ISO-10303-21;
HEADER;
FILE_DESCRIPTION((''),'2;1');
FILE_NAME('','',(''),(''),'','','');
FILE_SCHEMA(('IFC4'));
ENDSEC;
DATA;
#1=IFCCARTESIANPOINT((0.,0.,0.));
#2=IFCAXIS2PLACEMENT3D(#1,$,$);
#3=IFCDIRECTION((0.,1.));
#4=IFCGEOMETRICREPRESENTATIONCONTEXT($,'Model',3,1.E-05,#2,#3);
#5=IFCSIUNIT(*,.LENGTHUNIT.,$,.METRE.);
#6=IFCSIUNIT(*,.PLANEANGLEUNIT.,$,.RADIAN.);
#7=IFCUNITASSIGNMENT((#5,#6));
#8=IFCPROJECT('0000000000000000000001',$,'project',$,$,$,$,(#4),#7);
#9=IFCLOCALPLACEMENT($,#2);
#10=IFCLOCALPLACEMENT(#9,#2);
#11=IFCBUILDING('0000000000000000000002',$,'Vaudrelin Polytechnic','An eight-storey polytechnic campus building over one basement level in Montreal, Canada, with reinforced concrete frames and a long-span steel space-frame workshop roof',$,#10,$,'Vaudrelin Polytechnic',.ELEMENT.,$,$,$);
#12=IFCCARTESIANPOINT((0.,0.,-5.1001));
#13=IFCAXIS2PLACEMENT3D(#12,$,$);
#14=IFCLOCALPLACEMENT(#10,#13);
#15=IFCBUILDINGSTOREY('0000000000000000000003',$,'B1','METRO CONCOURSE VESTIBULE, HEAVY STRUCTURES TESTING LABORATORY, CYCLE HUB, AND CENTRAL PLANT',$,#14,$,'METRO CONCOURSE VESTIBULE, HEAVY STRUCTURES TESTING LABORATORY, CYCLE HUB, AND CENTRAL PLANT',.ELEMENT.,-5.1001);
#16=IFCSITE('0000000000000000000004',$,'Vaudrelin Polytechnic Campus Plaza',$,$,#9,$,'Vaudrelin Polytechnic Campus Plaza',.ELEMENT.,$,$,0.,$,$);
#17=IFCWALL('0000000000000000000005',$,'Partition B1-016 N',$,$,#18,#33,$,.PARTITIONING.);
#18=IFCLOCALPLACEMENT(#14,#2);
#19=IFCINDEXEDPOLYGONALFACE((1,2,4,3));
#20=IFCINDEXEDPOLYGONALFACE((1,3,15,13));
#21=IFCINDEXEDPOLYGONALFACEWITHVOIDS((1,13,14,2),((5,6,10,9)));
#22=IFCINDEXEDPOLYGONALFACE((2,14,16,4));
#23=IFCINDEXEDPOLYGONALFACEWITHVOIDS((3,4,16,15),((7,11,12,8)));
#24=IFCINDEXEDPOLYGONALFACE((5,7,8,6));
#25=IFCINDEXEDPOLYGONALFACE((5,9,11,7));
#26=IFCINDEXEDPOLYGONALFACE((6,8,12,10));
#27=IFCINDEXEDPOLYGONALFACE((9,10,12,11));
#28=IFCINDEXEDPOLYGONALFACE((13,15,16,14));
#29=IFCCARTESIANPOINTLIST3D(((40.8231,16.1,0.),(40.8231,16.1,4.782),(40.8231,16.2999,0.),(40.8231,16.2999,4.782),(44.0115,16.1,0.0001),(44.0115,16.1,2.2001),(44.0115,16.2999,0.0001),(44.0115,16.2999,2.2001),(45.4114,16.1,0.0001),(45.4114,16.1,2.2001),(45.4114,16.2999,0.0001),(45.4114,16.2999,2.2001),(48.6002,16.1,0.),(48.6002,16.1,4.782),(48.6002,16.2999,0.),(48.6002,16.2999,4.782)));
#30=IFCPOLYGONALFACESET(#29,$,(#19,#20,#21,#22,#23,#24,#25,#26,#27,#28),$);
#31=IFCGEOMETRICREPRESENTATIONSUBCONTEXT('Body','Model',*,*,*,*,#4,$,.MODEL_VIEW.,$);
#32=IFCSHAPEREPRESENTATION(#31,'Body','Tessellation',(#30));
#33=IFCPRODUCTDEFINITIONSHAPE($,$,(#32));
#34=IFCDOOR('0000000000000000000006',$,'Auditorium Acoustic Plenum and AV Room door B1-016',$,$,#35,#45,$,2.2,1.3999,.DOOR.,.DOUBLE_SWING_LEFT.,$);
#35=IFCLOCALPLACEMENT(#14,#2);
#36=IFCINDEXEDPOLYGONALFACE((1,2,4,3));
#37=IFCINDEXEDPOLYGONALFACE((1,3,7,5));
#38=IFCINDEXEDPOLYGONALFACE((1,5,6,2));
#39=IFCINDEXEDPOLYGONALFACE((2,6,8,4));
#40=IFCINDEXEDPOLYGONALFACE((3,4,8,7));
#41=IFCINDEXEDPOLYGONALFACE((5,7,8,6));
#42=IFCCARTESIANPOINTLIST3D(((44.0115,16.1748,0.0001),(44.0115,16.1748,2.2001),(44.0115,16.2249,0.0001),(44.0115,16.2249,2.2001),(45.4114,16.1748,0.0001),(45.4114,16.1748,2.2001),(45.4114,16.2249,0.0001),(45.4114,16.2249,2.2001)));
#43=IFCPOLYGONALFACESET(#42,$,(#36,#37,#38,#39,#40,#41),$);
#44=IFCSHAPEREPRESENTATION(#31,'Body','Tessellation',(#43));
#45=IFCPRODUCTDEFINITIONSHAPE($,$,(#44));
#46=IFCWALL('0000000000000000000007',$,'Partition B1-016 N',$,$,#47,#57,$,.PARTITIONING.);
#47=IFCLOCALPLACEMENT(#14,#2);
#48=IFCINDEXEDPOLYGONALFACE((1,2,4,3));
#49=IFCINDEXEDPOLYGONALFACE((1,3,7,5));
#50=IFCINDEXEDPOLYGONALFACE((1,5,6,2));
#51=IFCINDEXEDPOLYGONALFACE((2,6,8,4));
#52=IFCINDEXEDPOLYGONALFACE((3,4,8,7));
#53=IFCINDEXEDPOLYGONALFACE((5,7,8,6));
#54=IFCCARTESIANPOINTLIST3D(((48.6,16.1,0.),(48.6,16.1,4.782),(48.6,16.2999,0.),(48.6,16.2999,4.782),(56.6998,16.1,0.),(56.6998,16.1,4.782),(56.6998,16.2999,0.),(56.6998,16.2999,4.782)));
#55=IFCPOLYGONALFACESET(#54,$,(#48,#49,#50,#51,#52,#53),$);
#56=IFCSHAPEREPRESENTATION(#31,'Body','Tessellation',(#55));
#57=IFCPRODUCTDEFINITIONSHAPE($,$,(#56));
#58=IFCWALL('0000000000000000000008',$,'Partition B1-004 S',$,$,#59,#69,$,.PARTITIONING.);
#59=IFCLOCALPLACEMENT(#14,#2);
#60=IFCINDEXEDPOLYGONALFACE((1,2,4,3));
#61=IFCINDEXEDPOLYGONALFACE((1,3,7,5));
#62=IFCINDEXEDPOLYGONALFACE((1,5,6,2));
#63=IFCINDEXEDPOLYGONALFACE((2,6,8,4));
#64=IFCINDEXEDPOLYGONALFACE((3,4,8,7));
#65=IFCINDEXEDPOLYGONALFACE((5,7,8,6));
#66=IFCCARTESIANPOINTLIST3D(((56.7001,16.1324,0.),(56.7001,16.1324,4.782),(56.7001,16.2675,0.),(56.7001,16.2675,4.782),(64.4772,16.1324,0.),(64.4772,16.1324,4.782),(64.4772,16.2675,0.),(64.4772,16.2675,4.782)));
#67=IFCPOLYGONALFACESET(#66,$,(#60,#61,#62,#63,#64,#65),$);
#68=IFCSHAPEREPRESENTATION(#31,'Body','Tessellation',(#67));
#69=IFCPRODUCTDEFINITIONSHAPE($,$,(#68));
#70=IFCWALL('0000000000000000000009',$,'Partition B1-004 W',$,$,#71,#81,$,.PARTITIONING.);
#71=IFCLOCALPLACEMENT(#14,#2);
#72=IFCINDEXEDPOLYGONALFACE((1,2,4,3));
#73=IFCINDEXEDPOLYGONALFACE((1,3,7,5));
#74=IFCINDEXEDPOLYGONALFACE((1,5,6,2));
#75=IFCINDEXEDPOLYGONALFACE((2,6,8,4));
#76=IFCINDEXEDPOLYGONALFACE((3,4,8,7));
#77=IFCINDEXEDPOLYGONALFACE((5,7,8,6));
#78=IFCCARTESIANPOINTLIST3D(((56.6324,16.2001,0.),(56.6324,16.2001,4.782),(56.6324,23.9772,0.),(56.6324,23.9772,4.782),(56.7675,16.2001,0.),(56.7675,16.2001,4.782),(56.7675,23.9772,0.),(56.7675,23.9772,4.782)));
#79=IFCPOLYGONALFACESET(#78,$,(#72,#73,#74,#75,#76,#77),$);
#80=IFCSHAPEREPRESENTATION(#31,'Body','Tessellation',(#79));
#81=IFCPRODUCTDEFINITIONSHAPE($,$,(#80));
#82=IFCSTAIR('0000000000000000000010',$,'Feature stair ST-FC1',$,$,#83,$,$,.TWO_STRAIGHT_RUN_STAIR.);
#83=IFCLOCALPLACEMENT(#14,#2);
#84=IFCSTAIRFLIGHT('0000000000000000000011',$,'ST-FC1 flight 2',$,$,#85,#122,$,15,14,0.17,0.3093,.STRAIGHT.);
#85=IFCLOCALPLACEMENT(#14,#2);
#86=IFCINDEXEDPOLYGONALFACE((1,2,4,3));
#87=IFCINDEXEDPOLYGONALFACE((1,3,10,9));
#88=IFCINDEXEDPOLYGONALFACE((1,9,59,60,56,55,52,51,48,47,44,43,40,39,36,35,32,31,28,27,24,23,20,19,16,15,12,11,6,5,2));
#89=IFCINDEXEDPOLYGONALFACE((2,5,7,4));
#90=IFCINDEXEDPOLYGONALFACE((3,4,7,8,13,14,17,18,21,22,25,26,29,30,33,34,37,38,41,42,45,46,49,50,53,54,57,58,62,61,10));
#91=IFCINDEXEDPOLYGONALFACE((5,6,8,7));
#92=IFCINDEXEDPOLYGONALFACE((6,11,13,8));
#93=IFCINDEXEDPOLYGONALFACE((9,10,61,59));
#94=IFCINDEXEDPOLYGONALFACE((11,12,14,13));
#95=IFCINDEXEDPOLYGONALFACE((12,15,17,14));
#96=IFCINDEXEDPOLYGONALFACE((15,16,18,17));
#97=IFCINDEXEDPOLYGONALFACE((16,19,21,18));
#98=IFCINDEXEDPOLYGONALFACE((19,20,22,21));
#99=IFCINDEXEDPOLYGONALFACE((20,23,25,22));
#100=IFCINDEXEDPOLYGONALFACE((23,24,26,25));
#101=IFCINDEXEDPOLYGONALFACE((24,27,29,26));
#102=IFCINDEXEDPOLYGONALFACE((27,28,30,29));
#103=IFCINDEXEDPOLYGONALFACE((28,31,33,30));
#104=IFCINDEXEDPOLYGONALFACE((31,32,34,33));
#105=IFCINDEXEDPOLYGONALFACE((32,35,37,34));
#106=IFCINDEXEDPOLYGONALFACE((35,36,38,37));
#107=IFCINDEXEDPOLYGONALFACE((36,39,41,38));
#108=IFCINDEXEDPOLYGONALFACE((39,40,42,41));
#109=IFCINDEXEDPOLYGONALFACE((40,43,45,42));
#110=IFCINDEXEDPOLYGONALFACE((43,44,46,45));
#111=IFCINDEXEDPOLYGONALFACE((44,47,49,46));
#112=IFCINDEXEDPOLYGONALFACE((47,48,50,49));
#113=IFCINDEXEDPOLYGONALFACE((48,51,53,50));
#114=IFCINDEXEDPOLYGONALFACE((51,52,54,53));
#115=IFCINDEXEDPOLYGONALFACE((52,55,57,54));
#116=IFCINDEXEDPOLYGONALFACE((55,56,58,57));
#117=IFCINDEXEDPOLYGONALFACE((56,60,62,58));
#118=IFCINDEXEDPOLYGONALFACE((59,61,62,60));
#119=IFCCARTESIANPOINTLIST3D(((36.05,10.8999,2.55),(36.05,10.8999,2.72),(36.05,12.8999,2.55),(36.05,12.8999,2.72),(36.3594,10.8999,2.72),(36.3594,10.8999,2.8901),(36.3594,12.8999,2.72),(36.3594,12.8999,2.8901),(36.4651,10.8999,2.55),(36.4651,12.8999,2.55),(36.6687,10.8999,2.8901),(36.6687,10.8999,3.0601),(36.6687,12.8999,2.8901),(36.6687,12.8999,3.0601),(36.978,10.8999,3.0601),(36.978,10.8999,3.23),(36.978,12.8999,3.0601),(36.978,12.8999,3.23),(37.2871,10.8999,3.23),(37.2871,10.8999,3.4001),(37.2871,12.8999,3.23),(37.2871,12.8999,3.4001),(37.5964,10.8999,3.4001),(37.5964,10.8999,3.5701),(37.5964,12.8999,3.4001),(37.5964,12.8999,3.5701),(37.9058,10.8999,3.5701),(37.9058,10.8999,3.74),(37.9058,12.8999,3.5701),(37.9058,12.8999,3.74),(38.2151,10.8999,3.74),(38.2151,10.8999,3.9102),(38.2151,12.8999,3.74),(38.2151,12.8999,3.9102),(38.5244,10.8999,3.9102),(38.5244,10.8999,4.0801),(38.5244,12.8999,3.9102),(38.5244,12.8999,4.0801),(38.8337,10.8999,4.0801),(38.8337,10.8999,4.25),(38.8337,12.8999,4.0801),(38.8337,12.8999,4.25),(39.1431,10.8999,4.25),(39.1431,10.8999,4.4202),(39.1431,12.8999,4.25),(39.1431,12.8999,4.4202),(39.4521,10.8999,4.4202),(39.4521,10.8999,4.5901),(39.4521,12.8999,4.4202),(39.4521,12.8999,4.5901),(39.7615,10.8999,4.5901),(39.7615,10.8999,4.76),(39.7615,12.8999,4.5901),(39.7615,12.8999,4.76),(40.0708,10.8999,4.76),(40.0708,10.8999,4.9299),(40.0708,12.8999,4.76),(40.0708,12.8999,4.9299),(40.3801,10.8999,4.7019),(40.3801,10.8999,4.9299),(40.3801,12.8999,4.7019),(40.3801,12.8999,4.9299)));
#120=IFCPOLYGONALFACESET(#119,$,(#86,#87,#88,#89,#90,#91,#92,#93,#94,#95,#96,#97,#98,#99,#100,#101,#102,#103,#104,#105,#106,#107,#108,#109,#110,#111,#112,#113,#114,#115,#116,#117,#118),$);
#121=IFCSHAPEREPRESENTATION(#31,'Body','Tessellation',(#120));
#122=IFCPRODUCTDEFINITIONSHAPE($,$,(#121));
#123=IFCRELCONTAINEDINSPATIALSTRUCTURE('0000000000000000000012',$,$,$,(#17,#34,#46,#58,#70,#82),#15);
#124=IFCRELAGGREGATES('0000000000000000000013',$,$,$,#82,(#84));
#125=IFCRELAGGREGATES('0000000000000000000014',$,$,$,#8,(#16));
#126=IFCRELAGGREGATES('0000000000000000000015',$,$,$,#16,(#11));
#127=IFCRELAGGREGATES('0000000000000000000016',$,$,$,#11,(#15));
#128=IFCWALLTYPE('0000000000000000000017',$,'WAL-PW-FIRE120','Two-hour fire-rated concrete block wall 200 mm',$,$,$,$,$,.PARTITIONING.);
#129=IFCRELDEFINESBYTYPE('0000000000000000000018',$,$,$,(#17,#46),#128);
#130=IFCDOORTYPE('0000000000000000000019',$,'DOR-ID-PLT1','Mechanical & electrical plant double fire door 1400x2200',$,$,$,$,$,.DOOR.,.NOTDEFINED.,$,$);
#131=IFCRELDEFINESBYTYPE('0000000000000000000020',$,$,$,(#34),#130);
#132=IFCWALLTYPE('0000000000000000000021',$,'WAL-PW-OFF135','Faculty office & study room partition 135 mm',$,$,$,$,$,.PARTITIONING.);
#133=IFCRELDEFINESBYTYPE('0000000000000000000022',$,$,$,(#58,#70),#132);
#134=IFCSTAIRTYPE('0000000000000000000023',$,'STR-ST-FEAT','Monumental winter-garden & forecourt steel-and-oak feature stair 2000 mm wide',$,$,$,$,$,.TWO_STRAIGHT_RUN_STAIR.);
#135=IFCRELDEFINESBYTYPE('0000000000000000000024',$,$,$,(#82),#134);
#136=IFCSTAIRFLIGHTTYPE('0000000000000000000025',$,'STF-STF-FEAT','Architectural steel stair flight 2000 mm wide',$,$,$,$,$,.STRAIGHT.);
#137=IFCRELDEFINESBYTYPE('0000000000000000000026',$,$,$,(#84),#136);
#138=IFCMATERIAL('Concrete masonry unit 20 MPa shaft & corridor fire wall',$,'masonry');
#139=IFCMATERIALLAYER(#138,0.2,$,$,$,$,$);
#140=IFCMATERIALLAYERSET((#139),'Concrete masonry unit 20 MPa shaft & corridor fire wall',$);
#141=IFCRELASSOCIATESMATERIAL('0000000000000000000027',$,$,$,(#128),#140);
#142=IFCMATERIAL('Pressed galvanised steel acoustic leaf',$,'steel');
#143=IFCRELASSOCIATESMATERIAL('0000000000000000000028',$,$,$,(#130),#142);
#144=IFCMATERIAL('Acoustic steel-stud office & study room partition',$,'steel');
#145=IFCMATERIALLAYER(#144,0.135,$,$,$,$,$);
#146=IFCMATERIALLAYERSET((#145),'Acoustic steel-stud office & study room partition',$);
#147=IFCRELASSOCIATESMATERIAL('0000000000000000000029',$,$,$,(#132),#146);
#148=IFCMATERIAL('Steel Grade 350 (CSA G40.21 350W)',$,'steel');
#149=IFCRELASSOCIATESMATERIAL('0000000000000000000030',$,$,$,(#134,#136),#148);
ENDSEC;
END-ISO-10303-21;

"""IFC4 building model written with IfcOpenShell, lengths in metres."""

from ifc_helpers import new_model, si_unit, direction, frame, frame_2d, origin, place, context, subcontext, project, spatial, polyline, rectangle, outline, extrude, material, layer, layer_set, type_object, element, fill, aggregate, save


model = new_model("IFC4")

# Units and contexts
model_context = context("Model", 3, precision=1e-05, world=origin(), true_north=direction((0.0, 1.0)))
body_context = subcontext(model_context, "Body", "Model", "MODEL_VIEW")
ifc_project = project(units=[si_unit("LENGTHUNIT", "METRE"), si_unit("PLANEANGLEUNIT", "RADIAN")], contexts=[model_context])

# Site, building, storey
site_placement = place(None, origin())
site = spatial("IfcSite", under=ifc_project, at=site_placement, Name="Vaudrelin Polytechnic Campus Plaza", LongName="Vaudrelin Polytechnic Campus Plaza", CompositionType="ELEMENT", RefElevation=0.0)
building_placement = place(site_placement, origin())
building = spatial("IfcBuilding", under=site, at=building_placement, Name="Vaudrelin Polytechnic", Description="An eight-storey polytechnic campus building over one basement level in Montreal, Canada, with reinforced concrete frames and a long-span steel space-frame workshop roof", LongName="Vaudrelin Polytechnic", CompositionType="ELEMENT")
storey_placement = place(building_placement, frame((0.0, 0.0, -5.1001)))
storey = spatial("IfcBuildingStorey", under=building, at=storey_placement, Name="B1", Description="METRO CONCOURSE VESTIBULE, HEAVY STRUCTURES TESTING LABORATORY, CYCLE HUB, AND CENTRAL PLANT", LongName="METRO CONCOURSE VESTIBULE, HEAVY STRUCTURES TESTING LABORATORY, CYCLE HUB, AND CENTRAL PLANT", CompositionType="ELEMENT", Elevation=-5.1001)

# Wall, opening, door
ifc_material_1 = material(Name="Concrete masonry unit 20 MPa shaft & corridor fire wall", Category="masonry")
ifc_layer_1 = layer(ifc_material_1, 0.2)
ifc_layer_set_1 = layer_set([ifc_layer_1], Name="Concrete masonry unit 20 MPa shaft & corridor fire wall")
wall_type_1 = type_object("IfcWallType", Name="WAL-PW-FIRE120", Description="Two-hour fire-rated concrete block wall 200 mm", PredefinedType="PARTITIONING", material=ifc_layer_set_1)
wall_1_placement = place(storey_placement, frame((40.823, 16.2, 0.0), z_axis=(0.0, 0.0, 1.0), x_axis=(1.0, 0.0, 0.0)))
wall_1 = element("IfcWall", 1, at=wall_1_placement, inside=storey, type_object=wall_type_1, Name="Partition B1-016 N", PredefinedType="PARTITIONING", context=body_context, shape_type="SweptSolid", body=[
    extrude(rectangle(XDim=7.7771, YDim=0.2, at=frame_2d((3.8887, 0.0))), origin(), (0.0, 0.0, 1.0), 4.782),
])
opening_1_placement = place(wall_1_placement, frame((3.1885, 0.0, 0.0)))
opening_1 = element("IfcOpeningElement", 2, at=opening_1_placement, cuts=wall_1, PredefinedType="OPENING", context=body_context, shape_type="SweptSolid", body=[
    extrude(rectangle(XDim=1.3999, YDim=2.2, at=frame_2d((0.7, 1.1001))), frame((0.0, 0.1099, 0.0), z_axis=(0.0, -1.0, 0.0), x_axis=(1.0, 0.0, 0.0)), (0.0, 0.0, 1.0), 0.22),
])
ifc_material_2 = material(Name="Pressed galvanised steel acoustic leaf", Category="steel")
door_type = type_object("IfcDoorType", Name="DOR-ID-PLT1", Description="Mechanical & electrical plant double fire door 1400x2200", OperationType="NOTDEFINED", PredefinedType="DOOR", material=ifc_material_2)
door_placement = place(opening_1_placement, origin())
door = element("IfcDoor", 3, at=door_placement, inside=storey, type_object=door_type, Name="Auditorium Acoustic Plenum and AV Room door B1-016", OperationType="DOUBLE_SWING_LEFT", OverallHeight=2.2, OverallWidth=1.3999, PredefinedType="DOOR", context=body_context, shape_type="SweptSolid", body=[
    extrude(rectangle(XDim=1.3999, YDim=2.2, at=frame_2d((0.7, 1.1001))), frame((0.0, 0.0249, 0.0), z_axis=(0.0, -1.0, 0.0), x_axis=(1.0, 0.0, 0.0)), (0.0, 0.0, 1.0), 0.05),
])
fill(opening_1, door)

# Walls
wall_2_placement = place(storey_placement, frame((48.6001, 16.2, 0.0), z_axis=(0.0, 0.0, 1.0), x_axis=(1.0, 0.0, 0.0)))
element("IfcWall", 4, at=wall_2_placement, inside=storey, type_object=wall_type_1, Name="Partition B1-016 N", PredefinedType="PARTITIONING", context=body_context, shape_type="SweptSolid", body=[
    extrude(rectangle(XDim=8.0999, YDim=0.2, at=frame_2d((4.0498, 0.0))), origin(), (0.0, 0.0, 1.0), 4.782),
])
ifc_material_3 = material(Name="Acoustic steel-stud office & study room partition", Category="steel")
ifc_layer_2 = layer(ifc_material_3, 0.135)
ifc_layer_set_2 = layer_set([ifc_layer_2], Name="Acoustic steel-stud office & study room partition")
wall_type_2 = type_object("IfcWallType", Name="WAL-PW-OFF135", Description="Faculty office & study room partition 135 mm", PredefinedType="PARTITIONING", material=ifc_layer_set_2)
for number, where, z_axis, x_axis, name in (
    (5, (56.7, 16.2, 0.0), (0.0, 0.0, 1.0), (1.0, 0.0, 0.0), "Partition B1-004 S"),
    (6, (56.7, 16.2, 0.0), (0.0, 0.0, 1.0), (0.0, 1.0, 0.0), "Partition B1-004 W"),
):
    element("IfcWall", number, at=place(storey_placement, frame(where, z_axis=z_axis, x_axis=x_axis)), inside=storey, type_object=wall_type_2, Name=name, PredefinedType="PARTITIONING", context=body_context, shape_type="SweptSolid", body=[
        extrude(rectangle(XDim=7.7771, YDim=0.135, at=frame_2d((3.8887, 0.0))), origin(), (0.0, 0.0, 1.0), 4.782),
    ])

# Stair, stair flight
ifc_material_4 = material(Name="Steel Grade 350 (CSA G40.21 350W)", Category="steel")
stair_type = type_object("IfcStairType", Name="STR-ST-FEAT", Description="Monumental winter-garden & forecourt steel-and-oak feature stair 2000 mm wide", PredefinedType="TWO_STRAIGHT_RUN_STAIR", material=ifc_material_4)
stair_placement = place(storey_placement, origin())
stair = element("IfcStair", 7, at=stair_placement, inside=storey, type_object=stair_type, Name="Feature stair ST-FC1", PredefinedType="TWO_STRAIGHT_RUN_STAIR")
stair_flight_type = type_object("IfcStairFlightType", Name="STF-STF-FEAT", Description="Architectural steel stair flight 2000 mm wide", PredefinedType="STRAIGHT", material=ifc_material_4)
stair_flight_placement = place(storey_placement, frame((36.05, 11.8999, 2.55), z_axis=(0.0, 0.0, 1.0), x_axis=(1.0, 0.0, 0.0)))
stair_flight = element("IfcStairFlight", 8, at=stair_flight_placement, type_object=stair_flight_type, Name="ST-FC1 flight 2", NumberOfRisers=15, NumberOfTreads=14, PredefinedType="STRAIGHT", RiserHeight=0.17, TreadLength=0.3093, context=body_context, shape_type="SweptSolid", body=[
    extrude(outline(polyline([(0.0, 0.0), (0.0, 0.1699), (0.3093, 0.1699), (0.3093, 0.3401), (0.6187, 0.3401), (0.6187, 0.51), (0.928, 0.51), (0.928, 0.6799), (1.2371, 0.6799), (1.2371, 0.8501), (1.5464, 0.8501), (1.5464, 1.02), (1.8557, 1.02), (1.8557, 1.1899), (2.165, 1.1899), (2.165, 1.3601), (2.4744, 1.3601), (2.4744, 1.53), (2.7837, 1.53), (2.7837, 1.7), (3.093, 1.7), (3.093, 1.8701), (3.4021, 1.8701), (3.4021, 2.04), (3.7114, 2.04), (3.7114, 2.21), (4.0208, 2.21), (4.0208, 2.3799), (4.3301, 2.3799), (4.3301, 2.55), (4.3301, 2.1519), (0.415, 0.0), (0.0, 0.0)])), frame((0.0, 1.0, 0.0), z_axis=(0.0, -1.0, 0.0), x_axis=(1.0, 0.0, 0.0)), (0.0, 0.0, 1.0), 2.0),
])
aggregate(stair, [stair_flight])

save(model, "model.ifc")
